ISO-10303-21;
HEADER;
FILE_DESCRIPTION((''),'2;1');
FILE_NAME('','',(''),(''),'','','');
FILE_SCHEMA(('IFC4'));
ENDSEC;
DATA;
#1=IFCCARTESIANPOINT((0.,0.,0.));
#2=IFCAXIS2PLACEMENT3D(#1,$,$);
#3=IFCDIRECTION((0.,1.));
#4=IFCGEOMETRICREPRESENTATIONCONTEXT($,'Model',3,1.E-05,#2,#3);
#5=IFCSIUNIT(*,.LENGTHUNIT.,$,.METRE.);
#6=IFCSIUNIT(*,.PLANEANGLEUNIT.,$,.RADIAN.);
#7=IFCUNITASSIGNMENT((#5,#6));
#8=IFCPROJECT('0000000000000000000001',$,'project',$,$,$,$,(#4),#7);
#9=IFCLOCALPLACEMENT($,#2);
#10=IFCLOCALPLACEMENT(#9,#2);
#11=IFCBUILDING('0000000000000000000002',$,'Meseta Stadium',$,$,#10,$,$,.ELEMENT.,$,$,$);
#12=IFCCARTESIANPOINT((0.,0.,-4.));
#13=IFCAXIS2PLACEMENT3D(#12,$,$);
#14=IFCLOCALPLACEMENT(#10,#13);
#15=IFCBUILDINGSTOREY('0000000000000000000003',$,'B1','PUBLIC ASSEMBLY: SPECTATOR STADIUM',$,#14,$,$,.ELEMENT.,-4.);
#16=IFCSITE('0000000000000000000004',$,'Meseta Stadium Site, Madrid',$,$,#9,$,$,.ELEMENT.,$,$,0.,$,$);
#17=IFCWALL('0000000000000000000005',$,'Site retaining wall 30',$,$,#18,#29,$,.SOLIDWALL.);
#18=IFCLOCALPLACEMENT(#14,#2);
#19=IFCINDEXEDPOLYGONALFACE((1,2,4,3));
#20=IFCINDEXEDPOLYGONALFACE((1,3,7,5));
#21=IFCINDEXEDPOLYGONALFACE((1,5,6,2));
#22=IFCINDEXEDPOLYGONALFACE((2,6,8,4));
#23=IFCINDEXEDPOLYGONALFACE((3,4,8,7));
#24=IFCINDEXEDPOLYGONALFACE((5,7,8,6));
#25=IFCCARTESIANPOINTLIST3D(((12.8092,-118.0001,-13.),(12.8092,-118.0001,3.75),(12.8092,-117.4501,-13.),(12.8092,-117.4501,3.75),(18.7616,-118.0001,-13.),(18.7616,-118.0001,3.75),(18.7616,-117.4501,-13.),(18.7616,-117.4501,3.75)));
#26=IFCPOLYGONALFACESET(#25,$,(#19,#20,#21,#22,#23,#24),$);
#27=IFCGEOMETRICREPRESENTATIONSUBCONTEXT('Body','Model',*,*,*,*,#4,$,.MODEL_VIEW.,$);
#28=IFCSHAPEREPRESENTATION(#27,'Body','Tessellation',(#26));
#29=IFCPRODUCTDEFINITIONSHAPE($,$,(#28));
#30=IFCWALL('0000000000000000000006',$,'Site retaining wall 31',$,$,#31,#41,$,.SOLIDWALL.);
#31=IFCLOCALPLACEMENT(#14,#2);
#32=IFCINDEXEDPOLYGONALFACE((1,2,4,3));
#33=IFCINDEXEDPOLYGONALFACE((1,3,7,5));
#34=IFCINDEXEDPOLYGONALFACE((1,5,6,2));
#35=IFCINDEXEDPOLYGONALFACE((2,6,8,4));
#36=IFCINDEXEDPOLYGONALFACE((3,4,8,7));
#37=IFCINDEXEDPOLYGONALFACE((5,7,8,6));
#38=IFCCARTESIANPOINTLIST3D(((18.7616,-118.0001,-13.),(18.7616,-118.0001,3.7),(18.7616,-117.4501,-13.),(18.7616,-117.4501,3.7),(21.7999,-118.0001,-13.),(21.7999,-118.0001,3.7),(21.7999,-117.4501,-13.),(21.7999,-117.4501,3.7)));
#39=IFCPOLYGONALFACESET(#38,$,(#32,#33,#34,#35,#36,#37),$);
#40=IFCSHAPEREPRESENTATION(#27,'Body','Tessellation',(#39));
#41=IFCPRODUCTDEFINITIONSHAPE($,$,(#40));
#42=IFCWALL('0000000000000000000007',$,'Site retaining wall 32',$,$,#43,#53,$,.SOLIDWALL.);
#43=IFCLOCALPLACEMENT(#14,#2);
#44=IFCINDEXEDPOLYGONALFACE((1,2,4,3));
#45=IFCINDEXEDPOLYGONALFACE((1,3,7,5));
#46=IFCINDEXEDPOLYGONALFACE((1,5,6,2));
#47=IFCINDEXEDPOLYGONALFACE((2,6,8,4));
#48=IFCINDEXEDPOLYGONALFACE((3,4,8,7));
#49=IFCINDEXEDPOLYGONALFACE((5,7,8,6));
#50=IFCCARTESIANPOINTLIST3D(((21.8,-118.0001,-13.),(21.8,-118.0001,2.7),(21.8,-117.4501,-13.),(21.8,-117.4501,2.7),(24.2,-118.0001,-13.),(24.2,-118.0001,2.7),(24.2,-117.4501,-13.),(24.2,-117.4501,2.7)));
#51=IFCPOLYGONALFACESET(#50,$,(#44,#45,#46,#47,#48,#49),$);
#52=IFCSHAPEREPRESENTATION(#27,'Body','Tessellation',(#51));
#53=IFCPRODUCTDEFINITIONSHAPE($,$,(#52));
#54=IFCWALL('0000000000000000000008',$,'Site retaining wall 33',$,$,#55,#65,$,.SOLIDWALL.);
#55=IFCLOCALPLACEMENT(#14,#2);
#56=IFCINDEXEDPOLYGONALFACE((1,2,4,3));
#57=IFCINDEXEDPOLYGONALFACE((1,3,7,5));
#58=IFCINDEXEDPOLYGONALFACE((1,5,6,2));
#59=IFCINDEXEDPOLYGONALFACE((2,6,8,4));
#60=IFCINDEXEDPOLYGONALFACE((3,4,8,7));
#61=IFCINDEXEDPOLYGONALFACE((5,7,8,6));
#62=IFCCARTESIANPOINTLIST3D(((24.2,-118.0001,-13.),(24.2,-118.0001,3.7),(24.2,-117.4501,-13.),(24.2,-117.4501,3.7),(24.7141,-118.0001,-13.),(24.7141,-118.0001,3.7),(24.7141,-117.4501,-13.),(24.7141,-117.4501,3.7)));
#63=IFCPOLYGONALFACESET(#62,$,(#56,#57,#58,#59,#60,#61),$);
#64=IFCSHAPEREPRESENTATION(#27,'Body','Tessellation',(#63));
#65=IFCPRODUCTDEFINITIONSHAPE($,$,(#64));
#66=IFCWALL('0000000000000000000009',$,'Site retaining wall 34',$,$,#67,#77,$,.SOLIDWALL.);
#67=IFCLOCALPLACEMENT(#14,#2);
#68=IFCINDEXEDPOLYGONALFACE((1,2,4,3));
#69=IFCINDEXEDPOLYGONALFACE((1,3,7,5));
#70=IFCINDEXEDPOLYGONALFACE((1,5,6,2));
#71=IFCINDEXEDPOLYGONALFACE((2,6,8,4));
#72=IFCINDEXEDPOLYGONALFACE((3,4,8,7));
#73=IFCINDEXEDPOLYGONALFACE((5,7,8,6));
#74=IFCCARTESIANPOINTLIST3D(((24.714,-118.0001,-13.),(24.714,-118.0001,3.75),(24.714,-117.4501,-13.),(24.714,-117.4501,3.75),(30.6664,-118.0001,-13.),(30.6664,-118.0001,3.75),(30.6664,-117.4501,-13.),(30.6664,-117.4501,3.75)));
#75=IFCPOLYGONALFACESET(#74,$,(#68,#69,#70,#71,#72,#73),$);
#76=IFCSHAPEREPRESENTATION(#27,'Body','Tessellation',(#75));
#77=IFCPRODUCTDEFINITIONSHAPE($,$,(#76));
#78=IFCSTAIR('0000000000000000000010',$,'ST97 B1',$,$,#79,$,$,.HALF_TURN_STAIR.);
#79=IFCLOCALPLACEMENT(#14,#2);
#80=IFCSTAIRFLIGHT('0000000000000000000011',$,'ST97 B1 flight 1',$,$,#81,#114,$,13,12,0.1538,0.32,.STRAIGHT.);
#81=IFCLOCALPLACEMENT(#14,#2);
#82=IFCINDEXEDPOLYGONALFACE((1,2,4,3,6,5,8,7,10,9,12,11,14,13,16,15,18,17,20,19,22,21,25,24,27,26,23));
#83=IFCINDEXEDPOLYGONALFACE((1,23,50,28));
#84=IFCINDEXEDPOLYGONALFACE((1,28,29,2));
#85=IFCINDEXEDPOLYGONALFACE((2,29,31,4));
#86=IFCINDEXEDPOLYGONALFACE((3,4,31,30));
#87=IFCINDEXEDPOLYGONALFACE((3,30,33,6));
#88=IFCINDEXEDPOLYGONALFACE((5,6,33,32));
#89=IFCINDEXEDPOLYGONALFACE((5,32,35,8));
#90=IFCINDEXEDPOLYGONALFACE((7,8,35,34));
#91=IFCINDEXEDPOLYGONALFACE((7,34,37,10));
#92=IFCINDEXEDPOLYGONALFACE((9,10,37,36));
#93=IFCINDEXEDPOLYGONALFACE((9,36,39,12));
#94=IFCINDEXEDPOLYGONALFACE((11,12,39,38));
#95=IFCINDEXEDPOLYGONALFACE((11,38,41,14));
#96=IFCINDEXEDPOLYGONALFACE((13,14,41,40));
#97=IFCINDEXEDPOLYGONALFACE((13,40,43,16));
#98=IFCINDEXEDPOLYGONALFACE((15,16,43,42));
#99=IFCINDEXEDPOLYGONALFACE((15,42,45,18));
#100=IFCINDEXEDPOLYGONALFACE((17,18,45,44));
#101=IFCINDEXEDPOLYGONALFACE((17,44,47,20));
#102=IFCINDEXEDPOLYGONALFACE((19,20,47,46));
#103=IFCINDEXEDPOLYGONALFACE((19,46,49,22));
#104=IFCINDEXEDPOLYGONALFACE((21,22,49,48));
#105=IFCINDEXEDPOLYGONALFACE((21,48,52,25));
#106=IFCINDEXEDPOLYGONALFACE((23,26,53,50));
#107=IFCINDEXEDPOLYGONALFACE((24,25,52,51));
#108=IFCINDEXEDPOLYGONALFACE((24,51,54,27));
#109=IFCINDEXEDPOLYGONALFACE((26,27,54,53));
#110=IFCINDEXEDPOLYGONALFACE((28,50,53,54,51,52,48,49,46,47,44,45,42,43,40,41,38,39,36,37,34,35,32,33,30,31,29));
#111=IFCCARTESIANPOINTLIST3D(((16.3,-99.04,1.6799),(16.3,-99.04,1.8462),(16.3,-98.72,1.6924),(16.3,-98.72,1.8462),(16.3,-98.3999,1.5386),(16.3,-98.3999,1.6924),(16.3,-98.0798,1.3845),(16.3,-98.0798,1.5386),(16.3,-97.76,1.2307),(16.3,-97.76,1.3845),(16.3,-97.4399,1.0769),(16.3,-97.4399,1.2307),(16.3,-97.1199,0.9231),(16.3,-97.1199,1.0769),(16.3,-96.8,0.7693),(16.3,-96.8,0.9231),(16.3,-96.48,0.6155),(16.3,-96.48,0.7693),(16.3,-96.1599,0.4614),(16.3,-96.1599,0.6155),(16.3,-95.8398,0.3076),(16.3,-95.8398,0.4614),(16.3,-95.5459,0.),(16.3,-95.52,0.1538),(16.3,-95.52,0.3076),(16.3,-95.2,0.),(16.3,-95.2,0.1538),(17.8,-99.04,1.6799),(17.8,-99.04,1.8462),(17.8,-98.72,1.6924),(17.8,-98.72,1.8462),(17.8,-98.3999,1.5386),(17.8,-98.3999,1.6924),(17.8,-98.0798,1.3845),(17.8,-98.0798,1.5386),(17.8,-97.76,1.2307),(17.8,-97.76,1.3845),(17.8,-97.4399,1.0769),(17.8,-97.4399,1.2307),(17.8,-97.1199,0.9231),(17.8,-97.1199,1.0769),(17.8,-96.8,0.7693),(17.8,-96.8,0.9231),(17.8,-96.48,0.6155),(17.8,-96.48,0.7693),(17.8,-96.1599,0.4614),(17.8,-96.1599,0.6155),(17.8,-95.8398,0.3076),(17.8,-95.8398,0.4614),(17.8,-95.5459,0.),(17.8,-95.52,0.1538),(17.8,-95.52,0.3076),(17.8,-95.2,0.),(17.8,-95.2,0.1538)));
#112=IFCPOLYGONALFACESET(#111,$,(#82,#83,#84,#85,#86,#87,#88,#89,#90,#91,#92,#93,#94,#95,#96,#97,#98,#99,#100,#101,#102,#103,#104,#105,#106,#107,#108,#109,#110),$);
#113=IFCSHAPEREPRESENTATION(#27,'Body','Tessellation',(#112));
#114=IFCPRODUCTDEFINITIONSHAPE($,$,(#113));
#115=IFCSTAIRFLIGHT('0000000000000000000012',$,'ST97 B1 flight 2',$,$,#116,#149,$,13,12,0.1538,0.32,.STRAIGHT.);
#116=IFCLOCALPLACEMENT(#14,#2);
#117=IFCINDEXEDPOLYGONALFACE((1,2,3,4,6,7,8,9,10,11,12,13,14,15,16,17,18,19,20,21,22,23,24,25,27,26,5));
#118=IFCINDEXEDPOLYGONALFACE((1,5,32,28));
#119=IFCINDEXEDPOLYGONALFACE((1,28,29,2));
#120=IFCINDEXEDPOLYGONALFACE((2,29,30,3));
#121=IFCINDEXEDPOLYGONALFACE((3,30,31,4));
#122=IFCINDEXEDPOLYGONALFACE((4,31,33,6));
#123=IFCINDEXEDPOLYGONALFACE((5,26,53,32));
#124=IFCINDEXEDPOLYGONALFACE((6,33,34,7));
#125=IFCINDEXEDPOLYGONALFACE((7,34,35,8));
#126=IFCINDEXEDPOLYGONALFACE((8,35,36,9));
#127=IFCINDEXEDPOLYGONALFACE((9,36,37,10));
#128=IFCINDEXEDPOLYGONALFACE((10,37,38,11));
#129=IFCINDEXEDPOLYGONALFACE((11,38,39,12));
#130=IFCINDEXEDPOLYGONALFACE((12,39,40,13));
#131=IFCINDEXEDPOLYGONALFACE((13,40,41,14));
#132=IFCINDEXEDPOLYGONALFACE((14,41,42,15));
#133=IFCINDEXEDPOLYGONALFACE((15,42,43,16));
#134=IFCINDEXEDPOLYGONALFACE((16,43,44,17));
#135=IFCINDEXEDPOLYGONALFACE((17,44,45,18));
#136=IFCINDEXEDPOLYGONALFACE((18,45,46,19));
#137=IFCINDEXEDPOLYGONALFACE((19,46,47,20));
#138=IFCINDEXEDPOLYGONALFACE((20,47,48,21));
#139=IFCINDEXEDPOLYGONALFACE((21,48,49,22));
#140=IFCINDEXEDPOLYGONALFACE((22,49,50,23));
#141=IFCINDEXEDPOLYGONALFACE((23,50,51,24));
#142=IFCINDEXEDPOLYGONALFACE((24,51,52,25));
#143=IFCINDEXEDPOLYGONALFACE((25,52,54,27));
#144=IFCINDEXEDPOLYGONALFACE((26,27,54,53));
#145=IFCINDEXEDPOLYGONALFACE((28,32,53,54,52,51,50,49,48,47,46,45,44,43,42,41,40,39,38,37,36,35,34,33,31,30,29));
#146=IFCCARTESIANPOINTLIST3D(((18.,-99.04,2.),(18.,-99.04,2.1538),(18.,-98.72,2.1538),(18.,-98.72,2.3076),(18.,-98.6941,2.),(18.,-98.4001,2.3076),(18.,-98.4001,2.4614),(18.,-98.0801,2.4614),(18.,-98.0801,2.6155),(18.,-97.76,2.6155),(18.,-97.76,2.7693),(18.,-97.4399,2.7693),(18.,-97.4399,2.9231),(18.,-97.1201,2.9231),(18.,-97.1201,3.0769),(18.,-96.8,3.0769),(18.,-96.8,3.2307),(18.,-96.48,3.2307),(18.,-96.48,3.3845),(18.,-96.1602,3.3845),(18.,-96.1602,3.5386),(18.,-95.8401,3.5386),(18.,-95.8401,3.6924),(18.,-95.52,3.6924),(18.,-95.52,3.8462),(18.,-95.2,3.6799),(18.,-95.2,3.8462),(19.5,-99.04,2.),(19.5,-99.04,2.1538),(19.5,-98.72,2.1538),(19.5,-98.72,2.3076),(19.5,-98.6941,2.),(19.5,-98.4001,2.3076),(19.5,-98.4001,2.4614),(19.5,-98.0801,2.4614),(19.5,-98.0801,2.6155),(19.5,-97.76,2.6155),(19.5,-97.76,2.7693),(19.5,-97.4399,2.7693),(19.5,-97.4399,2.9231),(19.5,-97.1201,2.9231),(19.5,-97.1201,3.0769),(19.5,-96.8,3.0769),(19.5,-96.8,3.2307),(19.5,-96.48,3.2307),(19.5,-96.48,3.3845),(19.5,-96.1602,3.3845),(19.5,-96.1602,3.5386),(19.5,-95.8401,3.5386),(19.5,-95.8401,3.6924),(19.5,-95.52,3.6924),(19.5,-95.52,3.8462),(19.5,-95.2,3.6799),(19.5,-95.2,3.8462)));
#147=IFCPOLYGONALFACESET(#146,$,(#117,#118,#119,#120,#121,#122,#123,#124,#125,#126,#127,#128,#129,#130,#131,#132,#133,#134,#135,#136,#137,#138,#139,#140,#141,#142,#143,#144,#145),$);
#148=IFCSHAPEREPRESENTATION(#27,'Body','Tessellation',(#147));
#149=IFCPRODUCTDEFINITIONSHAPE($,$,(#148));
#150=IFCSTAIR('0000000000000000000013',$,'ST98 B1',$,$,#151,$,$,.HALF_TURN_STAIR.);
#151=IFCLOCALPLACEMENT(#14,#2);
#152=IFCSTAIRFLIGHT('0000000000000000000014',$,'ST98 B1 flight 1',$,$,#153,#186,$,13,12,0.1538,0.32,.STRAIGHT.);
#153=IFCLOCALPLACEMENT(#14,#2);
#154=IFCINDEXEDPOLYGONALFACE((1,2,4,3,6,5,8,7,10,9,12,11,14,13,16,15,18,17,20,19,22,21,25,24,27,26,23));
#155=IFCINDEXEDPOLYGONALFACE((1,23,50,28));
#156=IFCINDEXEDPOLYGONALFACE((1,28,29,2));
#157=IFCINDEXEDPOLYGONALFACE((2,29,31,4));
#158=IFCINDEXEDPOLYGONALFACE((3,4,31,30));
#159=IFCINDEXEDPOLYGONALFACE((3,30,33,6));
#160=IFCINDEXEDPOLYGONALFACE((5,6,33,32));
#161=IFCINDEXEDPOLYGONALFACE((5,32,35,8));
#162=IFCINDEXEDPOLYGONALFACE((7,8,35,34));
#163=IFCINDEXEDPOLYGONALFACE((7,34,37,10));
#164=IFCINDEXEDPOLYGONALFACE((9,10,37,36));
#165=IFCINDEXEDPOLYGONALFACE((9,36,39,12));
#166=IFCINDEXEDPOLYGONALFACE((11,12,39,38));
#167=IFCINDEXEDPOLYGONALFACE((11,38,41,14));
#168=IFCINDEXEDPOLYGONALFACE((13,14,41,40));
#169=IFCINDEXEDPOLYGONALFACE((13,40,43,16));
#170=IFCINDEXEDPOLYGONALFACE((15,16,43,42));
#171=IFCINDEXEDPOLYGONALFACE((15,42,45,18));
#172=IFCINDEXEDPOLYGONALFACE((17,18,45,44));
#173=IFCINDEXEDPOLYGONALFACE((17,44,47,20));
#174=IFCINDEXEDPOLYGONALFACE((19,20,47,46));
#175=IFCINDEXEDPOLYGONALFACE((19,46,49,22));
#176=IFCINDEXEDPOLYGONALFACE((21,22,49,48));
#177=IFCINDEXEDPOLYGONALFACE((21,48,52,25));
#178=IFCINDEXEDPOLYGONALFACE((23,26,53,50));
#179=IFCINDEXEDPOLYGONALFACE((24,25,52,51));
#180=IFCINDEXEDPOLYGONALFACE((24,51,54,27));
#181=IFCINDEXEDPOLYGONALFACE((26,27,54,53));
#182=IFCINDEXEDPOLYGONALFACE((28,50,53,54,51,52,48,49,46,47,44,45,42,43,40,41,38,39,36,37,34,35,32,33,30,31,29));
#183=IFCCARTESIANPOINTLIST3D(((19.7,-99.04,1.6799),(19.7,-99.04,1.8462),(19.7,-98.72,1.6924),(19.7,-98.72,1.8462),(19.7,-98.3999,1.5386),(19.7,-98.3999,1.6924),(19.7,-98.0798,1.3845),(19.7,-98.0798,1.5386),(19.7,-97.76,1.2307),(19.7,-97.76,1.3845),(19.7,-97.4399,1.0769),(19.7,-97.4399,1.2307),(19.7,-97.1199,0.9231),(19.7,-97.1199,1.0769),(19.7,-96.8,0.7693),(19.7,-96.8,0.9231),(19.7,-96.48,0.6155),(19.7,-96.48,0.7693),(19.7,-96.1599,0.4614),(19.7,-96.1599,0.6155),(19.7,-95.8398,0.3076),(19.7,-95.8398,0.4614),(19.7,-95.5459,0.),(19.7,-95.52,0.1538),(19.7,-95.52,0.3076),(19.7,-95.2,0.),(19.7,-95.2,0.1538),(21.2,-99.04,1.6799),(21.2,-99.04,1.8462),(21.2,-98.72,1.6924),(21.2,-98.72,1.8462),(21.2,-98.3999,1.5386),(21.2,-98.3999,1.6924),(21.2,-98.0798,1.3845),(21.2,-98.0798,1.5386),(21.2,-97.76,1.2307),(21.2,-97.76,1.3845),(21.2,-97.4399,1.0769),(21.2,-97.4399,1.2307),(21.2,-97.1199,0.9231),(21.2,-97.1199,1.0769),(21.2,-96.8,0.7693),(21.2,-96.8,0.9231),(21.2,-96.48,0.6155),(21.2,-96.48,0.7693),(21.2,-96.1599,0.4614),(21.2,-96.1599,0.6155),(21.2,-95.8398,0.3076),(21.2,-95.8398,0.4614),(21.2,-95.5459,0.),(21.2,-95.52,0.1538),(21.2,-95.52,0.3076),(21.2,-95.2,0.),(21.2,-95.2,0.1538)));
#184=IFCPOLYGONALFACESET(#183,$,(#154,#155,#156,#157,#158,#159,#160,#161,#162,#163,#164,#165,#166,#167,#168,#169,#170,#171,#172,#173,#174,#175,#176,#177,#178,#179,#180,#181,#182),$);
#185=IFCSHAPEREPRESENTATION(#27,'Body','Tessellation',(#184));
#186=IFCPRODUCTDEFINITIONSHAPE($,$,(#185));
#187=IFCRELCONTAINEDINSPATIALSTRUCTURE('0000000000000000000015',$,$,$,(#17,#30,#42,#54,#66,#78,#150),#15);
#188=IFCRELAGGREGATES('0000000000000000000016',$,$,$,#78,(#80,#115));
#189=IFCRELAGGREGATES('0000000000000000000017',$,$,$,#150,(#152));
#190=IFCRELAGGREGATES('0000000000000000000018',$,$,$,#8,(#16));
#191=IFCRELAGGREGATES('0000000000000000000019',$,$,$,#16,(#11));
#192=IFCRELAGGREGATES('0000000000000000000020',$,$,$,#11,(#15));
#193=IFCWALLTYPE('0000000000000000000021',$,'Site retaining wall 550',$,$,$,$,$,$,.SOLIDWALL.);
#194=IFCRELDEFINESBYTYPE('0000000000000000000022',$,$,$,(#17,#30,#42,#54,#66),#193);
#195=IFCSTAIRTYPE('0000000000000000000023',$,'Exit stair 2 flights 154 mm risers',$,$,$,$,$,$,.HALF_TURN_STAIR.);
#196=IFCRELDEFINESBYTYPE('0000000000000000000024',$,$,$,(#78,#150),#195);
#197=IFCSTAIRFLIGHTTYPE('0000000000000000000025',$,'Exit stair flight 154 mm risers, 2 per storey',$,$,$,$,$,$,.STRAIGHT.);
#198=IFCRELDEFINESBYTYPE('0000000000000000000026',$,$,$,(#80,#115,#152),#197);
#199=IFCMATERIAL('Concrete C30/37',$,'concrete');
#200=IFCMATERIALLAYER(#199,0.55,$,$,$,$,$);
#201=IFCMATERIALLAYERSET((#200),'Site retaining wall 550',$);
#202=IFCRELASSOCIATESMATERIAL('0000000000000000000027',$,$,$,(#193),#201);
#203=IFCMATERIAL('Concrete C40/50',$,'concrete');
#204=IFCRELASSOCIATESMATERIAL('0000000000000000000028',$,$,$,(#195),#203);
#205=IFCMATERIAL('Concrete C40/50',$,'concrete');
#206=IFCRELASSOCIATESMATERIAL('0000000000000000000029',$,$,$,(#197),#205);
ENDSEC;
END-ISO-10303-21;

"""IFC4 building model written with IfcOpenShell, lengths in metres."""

from ifc_helpers import new_model, si_unit, direction, frame, frame_2d, origin, place, context, subcontext, project, spatial, polyline, rectangle, outline, extrude, material, layer, layer_set, type_object, element, aggregate, save


model = new_model("IFC4")

# Units and contexts
model_context = context("Model", 3, precision=1e-05, world=origin(), true_north=direction((0.0, 1.0)))
body_context = subcontext(model_context, "Body", "Model", "MODEL_VIEW")
ifc_project = project(units=[si_unit("LENGTHUNIT", "METRE"), si_unit("PLANEANGLEUNIT", "RADIAN")], contexts=[model_context])

# Site, building, storey
site_placement = place(None, origin())
site = spatial("IfcSite", under=ifc_project, at=site_placement, Name="Meseta Stadium Site, Madrid", CompositionType="ELEMENT", RefElevation=0.0)
building_placement = place(site_placement, origin())
building = spatial("IfcBuilding", under=site, at=building_placement, Name="Meseta Stadium", CompositionType="ELEMENT")
storey_placement = place(building_placement, frame((0.0, 0.0, -4.0)))
storey = spatial("IfcBuildingStorey", under=building, at=storey_placement, Name="B1", Description="PUBLIC ASSEMBLY: SPECTATOR STADIUM", CompositionType="ELEMENT", Elevation=-4.0)

# Walls
ifc_material_1 = material(Name="Concrete C30/37", Category="concrete")
ifc_layer_1 = layer(ifc_material_1, 0.55)
ifc_layer_set_1 = layer_set([ifc_layer_1], Name="Site retaining wall 550")
wall_type_1 = type_object("IfcWallType", Name="Site retaining wall 550", PredefinedType="SOLIDWALL", material=ifc_layer_set_1)
wall_1_placement = place(storey_placement, frame((12.8093, -117.7251, -13.0), z_axis=(0.0, 0.0, 1.0), x_axis=(1.0, 0.0, 0.0)))
element("IfcWall", 1, at=wall_1_placement, inside=storey, type_object=wall_type_1, Name="Site retaining wall 30", PredefinedType="SOLIDWALL", context=body_context, shape_type="SweptSolid", body=[
    extrude(rectangle(XDim=5.9524, YDim=0.55, at=frame_2d((2.9761, 0.0))), origin(), (0.0, 0.0, 1.0), 16.75),
])
wall_2_placement = place(storey_placement, frame((18.7617, -117.7251, -13.0), z_axis=(0.0, 0.0, 1.0), x_axis=(1.0, 0.0, 0.0)))
element("IfcWall", 2, at=wall_2_placement, inside=storey, type_object=wall_type_1, Name="Site retaining wall 31", PredefinedType="SOLIDWALL", context=body_context, shape_type="SweptSolid", body=[
    extrude(rectangle(XDim=3.0383, YDim=0.55, at=frame_2d((1.519, 0.0))), origin(), (0.0, 0.0, 1.0), 16.7),
])
wall_3_placement = place(storey_placement, frame((21.8, -117.7251, -13.0), z_axis=(0.0, 0.0, 1.0), x_axis=(1.0, 0.0, 0.0)))
element("IfcWall", 3, at=wall_3_placement, inside=storey, type_object=wall_type_1, Name="Site retaining wall 32", PredefinedType="SOLIDWALL", context=body_context, shape_type="SweptSolid", body=[
    extrude(rectangle(XDim=2.3999, YDim=0.55, at=frame_2d((1.2, 0.0))), origin(), (0.0, 0.0, 1.0), 15.7),
])
wall_4_placement = place(storey_placement, frame((24.2, -117.7251, -13.0), z_axis=(0.0, 0.0, 1.0), x_axis=(1.0, 0.0, 0.0)))
element("IfcWall", 4, at=wall_4_placement, inside=storey, type_object=wall_type_1, Name="Site retaining wall 33", PredefinedType="SOLIDWALL", context=body_context, shape_type="SweptSolid", body=[
    extrude(rectangle(XDim=0.5142, YDim=0.55, at=frame_2d((0.2571, 0.0))), origin(), (0.0, 0.0, 1.0), 16.7),
])
wall_5_placement = place(storey_placement, frame((24.7141, -117.7251, -13.0), z_axis=(0.0, 0.0, 1.0), x_axis=(1.0, 0.0, 0.0)))
element("IfcWall", 5, at=wall_5_placement, inside=storey, type_object=wall_type_1, Name="Site retaining wall 34", PredefinedType="SOLIDWALL", context=body_context, shape_type="SweptSolid", body=[
    extrude(rectangle(XDim=5.9524, YDim=0.55, at=frame_2d((2.9761, 0.0))), origin(), (0.0, 0.0, 1.0), 16.75),
])

# Stairs, stair flights
ifc_material_2 = material(Name="Concrete C40/50", Category="concrete")
stair_type = type_object("IfcStairType", Name="Exit stair 2 flights 154 mm risers", PredefinedType="HALF_TURN_STAIR", material=ifc_material_2)
stair_1_placement = place(storey_placement, origin())
stair_1 = element("IfcStair", 6, at=stair_1_placement, inside=storey, type_object=stair_type, Name="ST97 B1", PredefinedType="HALF_TURN_STAIR")
ifc_material_3 = material(Name="Concrete C40/50", Category="concrete")
stair_flight_type = type_object("IfcStairFlightType", Name="Exit stair flight 154 mm risers, 2 per storey", PredefinedType="STRAIGHT", material=ifc_material_3)
stair_flight_1_placement = place(storey_placement, frame((17.05, -95.2, 0.0), z_axis=(0.0, 0.0, 1.0), x_axis=(0.0, -1.0, 0.0)))
stair_flight_1 = element("IfcStairFlight", 7, at=stair_flight_1_placement, type_object=stair_flight_type, Name="ST97 B1 flight 1", NumberOfRisers=13, NumberOfTreads=12, PredefinedType="STRAIGHT", RiserHeight=0.1538, TreadLength=0.32, context=body_context, shape_type="SweptSolid", body=[
    extrude(outline(polyline([(0.0, 0.0), (0.0, 0.1538), (0.3201, 0.1538), (0.3201, 0.3076), (0.6399, 0.3076), (0.6399, 0.4614), (0.96, 0.4614), (0.96, 0.6155), (1.28, 0.6155), (1.28, 0.7693), (1.6001, 0.7693), (1.6001, 0.9231), (1.9199, 0.9231), (1.9199, 1.0769), (2.24, 1.0769), (2.24, 1.2307), (2.5601, 1.2307), (2.5601, 1.3845), (2.8799, 1.3845), (2.8799, 1.5386), (3.2, 1.5386), (3.2, 1.6924), (3.52, 1.6924), (3.52, 1.8462), (3.8401, 1.8462), (3.8401, 1.6799), (0.3459, 0.0), (0.0, 0.0)])), frame((0.0, 0.75, 0.0), z_axis=(0.0, -1.0, 0.0), x_axis=(1.0, 0.0, 0.0)), (0.0, 0.0, 1.0), 1.5),
])
stair_flight_2_placement = place(storey_placement, frame((18.75, -99.04, 2.0), z_axis=(0.0, 0.0, 1.0), x_axis=(0.0, 1.0, 0.0)))
stair_flight_2 = element("IfcStairFlight", 8, at=stair_flight_2_placement, type_object=stair_flight_type, Name="ST97 B1 flight 2", NumberOfRisers=13, NumberOfTreads=12, PredefinedType="STRAIGHT", RiserHeight=0.1538, TreadLength=0.32, context=body_context, shape_type="SweptSolid", body=[
    extrude(outline(polyline([(0.0, 0.0), (0.0, 0.1538), (0.3201, 0.1538), (0.3201, 0.3076), (0.6399, 0.3076), (0.6399, 0.4614), (0.96, 0.4614), (0.96, 0.6155), (1.28, 0.6155), (1.28, 0.7693), (1.6001, 0.7693), (1.6001, 0.9231), (1.9199, 0.9231), (1.9199, 1.0769), (2.24, 1.0769), (2.24, 1.2307), (2.5601, 1.2307), (2.5601, 1.3845), (2.8799, 1.3845), (2.8799, 1.5386), (3.2, 1.5386), (3.2, 1.6924), (3.52, 1.6924), (3.52, 1.8462), (3.8401, 1.8462), (3.8401, 1.6799), (0.3459, 0.0), (0.0, 0.0)])), frame((0.0, 0.75, 0.0), z_axis=(0.0, -1.0, 0.0), x_axis=(1.0, 0.0, 0.0)), (0.0, 0.0, 1.0), 1.5),
])
aggregate(stair_1, [stair_flight_1, stair_flight_2])
stair_2_placement = place(storey_placement, origin())
stair_2 = element("IfcStair", 9, at=stair_2_placement, inside=storey, type_object=stair_type, Name="ST98 B1", PredefinedType="HALF_TURN_STAIR")
stair_flight_3_placement = place(storey_placement, frame((20.45, -95.2, 0.0), z_axis=(0.0, 0.0, 1.0), x_axis=(0.0, -1.0, 0.0)))
stair_flight_3 = element("IfcStairFlight", 10, at=stair_flight_3_placement, type_object=stair_flight_type, Name="ST98 B1 flight 1", NumberOfRisers=13, NumberOfTreads=12, PredefinedType="STRAIGHT", RiserHeight=0.1538, TreadLength=0.32, context=body_context, shape_type="SweptSolid", body=[
    extrude(outline(polyline([(0.0, 0.0), (0.0, 0.1538), (0.3201, 0.1538), (0.3201, 0.3076), (0.6399, 0.3076), (0.6399, 0.4614), (0.96, 0.4614), (0.96, 0.6155), (1.28, 0.6155), (1.28, 0.7693), (1.6001, 0.7693), (1.6001, 0.9231), (1.9199, 0.9231), (1.9199, 1.0769), (2.24, 1.0769), (2.24, 1.2307), (2.5601, 1.2307), (2.5601, 1.3845), (2.8799, 1.3845), (2.8799, 1.5386), (3.2, 1.5386), (3.2, 1.6924), (3.52, 1.6924), (3.52, 1.8462), (3.8401, 1.8462), (3.8401, 1.6799), (0.3459, 0.0), (0.0, 0.0)])), frame((0.0, 0.75, 0.0), z_axis=(0.0, -1.0, 0.0), x_axis=(1.0, 0.0, 0.0)), (0.0, 0.0, 1.0), 1.5),
])
aggregate(stair_2, [stair_flight_3])

save(model, "model.ifc")
